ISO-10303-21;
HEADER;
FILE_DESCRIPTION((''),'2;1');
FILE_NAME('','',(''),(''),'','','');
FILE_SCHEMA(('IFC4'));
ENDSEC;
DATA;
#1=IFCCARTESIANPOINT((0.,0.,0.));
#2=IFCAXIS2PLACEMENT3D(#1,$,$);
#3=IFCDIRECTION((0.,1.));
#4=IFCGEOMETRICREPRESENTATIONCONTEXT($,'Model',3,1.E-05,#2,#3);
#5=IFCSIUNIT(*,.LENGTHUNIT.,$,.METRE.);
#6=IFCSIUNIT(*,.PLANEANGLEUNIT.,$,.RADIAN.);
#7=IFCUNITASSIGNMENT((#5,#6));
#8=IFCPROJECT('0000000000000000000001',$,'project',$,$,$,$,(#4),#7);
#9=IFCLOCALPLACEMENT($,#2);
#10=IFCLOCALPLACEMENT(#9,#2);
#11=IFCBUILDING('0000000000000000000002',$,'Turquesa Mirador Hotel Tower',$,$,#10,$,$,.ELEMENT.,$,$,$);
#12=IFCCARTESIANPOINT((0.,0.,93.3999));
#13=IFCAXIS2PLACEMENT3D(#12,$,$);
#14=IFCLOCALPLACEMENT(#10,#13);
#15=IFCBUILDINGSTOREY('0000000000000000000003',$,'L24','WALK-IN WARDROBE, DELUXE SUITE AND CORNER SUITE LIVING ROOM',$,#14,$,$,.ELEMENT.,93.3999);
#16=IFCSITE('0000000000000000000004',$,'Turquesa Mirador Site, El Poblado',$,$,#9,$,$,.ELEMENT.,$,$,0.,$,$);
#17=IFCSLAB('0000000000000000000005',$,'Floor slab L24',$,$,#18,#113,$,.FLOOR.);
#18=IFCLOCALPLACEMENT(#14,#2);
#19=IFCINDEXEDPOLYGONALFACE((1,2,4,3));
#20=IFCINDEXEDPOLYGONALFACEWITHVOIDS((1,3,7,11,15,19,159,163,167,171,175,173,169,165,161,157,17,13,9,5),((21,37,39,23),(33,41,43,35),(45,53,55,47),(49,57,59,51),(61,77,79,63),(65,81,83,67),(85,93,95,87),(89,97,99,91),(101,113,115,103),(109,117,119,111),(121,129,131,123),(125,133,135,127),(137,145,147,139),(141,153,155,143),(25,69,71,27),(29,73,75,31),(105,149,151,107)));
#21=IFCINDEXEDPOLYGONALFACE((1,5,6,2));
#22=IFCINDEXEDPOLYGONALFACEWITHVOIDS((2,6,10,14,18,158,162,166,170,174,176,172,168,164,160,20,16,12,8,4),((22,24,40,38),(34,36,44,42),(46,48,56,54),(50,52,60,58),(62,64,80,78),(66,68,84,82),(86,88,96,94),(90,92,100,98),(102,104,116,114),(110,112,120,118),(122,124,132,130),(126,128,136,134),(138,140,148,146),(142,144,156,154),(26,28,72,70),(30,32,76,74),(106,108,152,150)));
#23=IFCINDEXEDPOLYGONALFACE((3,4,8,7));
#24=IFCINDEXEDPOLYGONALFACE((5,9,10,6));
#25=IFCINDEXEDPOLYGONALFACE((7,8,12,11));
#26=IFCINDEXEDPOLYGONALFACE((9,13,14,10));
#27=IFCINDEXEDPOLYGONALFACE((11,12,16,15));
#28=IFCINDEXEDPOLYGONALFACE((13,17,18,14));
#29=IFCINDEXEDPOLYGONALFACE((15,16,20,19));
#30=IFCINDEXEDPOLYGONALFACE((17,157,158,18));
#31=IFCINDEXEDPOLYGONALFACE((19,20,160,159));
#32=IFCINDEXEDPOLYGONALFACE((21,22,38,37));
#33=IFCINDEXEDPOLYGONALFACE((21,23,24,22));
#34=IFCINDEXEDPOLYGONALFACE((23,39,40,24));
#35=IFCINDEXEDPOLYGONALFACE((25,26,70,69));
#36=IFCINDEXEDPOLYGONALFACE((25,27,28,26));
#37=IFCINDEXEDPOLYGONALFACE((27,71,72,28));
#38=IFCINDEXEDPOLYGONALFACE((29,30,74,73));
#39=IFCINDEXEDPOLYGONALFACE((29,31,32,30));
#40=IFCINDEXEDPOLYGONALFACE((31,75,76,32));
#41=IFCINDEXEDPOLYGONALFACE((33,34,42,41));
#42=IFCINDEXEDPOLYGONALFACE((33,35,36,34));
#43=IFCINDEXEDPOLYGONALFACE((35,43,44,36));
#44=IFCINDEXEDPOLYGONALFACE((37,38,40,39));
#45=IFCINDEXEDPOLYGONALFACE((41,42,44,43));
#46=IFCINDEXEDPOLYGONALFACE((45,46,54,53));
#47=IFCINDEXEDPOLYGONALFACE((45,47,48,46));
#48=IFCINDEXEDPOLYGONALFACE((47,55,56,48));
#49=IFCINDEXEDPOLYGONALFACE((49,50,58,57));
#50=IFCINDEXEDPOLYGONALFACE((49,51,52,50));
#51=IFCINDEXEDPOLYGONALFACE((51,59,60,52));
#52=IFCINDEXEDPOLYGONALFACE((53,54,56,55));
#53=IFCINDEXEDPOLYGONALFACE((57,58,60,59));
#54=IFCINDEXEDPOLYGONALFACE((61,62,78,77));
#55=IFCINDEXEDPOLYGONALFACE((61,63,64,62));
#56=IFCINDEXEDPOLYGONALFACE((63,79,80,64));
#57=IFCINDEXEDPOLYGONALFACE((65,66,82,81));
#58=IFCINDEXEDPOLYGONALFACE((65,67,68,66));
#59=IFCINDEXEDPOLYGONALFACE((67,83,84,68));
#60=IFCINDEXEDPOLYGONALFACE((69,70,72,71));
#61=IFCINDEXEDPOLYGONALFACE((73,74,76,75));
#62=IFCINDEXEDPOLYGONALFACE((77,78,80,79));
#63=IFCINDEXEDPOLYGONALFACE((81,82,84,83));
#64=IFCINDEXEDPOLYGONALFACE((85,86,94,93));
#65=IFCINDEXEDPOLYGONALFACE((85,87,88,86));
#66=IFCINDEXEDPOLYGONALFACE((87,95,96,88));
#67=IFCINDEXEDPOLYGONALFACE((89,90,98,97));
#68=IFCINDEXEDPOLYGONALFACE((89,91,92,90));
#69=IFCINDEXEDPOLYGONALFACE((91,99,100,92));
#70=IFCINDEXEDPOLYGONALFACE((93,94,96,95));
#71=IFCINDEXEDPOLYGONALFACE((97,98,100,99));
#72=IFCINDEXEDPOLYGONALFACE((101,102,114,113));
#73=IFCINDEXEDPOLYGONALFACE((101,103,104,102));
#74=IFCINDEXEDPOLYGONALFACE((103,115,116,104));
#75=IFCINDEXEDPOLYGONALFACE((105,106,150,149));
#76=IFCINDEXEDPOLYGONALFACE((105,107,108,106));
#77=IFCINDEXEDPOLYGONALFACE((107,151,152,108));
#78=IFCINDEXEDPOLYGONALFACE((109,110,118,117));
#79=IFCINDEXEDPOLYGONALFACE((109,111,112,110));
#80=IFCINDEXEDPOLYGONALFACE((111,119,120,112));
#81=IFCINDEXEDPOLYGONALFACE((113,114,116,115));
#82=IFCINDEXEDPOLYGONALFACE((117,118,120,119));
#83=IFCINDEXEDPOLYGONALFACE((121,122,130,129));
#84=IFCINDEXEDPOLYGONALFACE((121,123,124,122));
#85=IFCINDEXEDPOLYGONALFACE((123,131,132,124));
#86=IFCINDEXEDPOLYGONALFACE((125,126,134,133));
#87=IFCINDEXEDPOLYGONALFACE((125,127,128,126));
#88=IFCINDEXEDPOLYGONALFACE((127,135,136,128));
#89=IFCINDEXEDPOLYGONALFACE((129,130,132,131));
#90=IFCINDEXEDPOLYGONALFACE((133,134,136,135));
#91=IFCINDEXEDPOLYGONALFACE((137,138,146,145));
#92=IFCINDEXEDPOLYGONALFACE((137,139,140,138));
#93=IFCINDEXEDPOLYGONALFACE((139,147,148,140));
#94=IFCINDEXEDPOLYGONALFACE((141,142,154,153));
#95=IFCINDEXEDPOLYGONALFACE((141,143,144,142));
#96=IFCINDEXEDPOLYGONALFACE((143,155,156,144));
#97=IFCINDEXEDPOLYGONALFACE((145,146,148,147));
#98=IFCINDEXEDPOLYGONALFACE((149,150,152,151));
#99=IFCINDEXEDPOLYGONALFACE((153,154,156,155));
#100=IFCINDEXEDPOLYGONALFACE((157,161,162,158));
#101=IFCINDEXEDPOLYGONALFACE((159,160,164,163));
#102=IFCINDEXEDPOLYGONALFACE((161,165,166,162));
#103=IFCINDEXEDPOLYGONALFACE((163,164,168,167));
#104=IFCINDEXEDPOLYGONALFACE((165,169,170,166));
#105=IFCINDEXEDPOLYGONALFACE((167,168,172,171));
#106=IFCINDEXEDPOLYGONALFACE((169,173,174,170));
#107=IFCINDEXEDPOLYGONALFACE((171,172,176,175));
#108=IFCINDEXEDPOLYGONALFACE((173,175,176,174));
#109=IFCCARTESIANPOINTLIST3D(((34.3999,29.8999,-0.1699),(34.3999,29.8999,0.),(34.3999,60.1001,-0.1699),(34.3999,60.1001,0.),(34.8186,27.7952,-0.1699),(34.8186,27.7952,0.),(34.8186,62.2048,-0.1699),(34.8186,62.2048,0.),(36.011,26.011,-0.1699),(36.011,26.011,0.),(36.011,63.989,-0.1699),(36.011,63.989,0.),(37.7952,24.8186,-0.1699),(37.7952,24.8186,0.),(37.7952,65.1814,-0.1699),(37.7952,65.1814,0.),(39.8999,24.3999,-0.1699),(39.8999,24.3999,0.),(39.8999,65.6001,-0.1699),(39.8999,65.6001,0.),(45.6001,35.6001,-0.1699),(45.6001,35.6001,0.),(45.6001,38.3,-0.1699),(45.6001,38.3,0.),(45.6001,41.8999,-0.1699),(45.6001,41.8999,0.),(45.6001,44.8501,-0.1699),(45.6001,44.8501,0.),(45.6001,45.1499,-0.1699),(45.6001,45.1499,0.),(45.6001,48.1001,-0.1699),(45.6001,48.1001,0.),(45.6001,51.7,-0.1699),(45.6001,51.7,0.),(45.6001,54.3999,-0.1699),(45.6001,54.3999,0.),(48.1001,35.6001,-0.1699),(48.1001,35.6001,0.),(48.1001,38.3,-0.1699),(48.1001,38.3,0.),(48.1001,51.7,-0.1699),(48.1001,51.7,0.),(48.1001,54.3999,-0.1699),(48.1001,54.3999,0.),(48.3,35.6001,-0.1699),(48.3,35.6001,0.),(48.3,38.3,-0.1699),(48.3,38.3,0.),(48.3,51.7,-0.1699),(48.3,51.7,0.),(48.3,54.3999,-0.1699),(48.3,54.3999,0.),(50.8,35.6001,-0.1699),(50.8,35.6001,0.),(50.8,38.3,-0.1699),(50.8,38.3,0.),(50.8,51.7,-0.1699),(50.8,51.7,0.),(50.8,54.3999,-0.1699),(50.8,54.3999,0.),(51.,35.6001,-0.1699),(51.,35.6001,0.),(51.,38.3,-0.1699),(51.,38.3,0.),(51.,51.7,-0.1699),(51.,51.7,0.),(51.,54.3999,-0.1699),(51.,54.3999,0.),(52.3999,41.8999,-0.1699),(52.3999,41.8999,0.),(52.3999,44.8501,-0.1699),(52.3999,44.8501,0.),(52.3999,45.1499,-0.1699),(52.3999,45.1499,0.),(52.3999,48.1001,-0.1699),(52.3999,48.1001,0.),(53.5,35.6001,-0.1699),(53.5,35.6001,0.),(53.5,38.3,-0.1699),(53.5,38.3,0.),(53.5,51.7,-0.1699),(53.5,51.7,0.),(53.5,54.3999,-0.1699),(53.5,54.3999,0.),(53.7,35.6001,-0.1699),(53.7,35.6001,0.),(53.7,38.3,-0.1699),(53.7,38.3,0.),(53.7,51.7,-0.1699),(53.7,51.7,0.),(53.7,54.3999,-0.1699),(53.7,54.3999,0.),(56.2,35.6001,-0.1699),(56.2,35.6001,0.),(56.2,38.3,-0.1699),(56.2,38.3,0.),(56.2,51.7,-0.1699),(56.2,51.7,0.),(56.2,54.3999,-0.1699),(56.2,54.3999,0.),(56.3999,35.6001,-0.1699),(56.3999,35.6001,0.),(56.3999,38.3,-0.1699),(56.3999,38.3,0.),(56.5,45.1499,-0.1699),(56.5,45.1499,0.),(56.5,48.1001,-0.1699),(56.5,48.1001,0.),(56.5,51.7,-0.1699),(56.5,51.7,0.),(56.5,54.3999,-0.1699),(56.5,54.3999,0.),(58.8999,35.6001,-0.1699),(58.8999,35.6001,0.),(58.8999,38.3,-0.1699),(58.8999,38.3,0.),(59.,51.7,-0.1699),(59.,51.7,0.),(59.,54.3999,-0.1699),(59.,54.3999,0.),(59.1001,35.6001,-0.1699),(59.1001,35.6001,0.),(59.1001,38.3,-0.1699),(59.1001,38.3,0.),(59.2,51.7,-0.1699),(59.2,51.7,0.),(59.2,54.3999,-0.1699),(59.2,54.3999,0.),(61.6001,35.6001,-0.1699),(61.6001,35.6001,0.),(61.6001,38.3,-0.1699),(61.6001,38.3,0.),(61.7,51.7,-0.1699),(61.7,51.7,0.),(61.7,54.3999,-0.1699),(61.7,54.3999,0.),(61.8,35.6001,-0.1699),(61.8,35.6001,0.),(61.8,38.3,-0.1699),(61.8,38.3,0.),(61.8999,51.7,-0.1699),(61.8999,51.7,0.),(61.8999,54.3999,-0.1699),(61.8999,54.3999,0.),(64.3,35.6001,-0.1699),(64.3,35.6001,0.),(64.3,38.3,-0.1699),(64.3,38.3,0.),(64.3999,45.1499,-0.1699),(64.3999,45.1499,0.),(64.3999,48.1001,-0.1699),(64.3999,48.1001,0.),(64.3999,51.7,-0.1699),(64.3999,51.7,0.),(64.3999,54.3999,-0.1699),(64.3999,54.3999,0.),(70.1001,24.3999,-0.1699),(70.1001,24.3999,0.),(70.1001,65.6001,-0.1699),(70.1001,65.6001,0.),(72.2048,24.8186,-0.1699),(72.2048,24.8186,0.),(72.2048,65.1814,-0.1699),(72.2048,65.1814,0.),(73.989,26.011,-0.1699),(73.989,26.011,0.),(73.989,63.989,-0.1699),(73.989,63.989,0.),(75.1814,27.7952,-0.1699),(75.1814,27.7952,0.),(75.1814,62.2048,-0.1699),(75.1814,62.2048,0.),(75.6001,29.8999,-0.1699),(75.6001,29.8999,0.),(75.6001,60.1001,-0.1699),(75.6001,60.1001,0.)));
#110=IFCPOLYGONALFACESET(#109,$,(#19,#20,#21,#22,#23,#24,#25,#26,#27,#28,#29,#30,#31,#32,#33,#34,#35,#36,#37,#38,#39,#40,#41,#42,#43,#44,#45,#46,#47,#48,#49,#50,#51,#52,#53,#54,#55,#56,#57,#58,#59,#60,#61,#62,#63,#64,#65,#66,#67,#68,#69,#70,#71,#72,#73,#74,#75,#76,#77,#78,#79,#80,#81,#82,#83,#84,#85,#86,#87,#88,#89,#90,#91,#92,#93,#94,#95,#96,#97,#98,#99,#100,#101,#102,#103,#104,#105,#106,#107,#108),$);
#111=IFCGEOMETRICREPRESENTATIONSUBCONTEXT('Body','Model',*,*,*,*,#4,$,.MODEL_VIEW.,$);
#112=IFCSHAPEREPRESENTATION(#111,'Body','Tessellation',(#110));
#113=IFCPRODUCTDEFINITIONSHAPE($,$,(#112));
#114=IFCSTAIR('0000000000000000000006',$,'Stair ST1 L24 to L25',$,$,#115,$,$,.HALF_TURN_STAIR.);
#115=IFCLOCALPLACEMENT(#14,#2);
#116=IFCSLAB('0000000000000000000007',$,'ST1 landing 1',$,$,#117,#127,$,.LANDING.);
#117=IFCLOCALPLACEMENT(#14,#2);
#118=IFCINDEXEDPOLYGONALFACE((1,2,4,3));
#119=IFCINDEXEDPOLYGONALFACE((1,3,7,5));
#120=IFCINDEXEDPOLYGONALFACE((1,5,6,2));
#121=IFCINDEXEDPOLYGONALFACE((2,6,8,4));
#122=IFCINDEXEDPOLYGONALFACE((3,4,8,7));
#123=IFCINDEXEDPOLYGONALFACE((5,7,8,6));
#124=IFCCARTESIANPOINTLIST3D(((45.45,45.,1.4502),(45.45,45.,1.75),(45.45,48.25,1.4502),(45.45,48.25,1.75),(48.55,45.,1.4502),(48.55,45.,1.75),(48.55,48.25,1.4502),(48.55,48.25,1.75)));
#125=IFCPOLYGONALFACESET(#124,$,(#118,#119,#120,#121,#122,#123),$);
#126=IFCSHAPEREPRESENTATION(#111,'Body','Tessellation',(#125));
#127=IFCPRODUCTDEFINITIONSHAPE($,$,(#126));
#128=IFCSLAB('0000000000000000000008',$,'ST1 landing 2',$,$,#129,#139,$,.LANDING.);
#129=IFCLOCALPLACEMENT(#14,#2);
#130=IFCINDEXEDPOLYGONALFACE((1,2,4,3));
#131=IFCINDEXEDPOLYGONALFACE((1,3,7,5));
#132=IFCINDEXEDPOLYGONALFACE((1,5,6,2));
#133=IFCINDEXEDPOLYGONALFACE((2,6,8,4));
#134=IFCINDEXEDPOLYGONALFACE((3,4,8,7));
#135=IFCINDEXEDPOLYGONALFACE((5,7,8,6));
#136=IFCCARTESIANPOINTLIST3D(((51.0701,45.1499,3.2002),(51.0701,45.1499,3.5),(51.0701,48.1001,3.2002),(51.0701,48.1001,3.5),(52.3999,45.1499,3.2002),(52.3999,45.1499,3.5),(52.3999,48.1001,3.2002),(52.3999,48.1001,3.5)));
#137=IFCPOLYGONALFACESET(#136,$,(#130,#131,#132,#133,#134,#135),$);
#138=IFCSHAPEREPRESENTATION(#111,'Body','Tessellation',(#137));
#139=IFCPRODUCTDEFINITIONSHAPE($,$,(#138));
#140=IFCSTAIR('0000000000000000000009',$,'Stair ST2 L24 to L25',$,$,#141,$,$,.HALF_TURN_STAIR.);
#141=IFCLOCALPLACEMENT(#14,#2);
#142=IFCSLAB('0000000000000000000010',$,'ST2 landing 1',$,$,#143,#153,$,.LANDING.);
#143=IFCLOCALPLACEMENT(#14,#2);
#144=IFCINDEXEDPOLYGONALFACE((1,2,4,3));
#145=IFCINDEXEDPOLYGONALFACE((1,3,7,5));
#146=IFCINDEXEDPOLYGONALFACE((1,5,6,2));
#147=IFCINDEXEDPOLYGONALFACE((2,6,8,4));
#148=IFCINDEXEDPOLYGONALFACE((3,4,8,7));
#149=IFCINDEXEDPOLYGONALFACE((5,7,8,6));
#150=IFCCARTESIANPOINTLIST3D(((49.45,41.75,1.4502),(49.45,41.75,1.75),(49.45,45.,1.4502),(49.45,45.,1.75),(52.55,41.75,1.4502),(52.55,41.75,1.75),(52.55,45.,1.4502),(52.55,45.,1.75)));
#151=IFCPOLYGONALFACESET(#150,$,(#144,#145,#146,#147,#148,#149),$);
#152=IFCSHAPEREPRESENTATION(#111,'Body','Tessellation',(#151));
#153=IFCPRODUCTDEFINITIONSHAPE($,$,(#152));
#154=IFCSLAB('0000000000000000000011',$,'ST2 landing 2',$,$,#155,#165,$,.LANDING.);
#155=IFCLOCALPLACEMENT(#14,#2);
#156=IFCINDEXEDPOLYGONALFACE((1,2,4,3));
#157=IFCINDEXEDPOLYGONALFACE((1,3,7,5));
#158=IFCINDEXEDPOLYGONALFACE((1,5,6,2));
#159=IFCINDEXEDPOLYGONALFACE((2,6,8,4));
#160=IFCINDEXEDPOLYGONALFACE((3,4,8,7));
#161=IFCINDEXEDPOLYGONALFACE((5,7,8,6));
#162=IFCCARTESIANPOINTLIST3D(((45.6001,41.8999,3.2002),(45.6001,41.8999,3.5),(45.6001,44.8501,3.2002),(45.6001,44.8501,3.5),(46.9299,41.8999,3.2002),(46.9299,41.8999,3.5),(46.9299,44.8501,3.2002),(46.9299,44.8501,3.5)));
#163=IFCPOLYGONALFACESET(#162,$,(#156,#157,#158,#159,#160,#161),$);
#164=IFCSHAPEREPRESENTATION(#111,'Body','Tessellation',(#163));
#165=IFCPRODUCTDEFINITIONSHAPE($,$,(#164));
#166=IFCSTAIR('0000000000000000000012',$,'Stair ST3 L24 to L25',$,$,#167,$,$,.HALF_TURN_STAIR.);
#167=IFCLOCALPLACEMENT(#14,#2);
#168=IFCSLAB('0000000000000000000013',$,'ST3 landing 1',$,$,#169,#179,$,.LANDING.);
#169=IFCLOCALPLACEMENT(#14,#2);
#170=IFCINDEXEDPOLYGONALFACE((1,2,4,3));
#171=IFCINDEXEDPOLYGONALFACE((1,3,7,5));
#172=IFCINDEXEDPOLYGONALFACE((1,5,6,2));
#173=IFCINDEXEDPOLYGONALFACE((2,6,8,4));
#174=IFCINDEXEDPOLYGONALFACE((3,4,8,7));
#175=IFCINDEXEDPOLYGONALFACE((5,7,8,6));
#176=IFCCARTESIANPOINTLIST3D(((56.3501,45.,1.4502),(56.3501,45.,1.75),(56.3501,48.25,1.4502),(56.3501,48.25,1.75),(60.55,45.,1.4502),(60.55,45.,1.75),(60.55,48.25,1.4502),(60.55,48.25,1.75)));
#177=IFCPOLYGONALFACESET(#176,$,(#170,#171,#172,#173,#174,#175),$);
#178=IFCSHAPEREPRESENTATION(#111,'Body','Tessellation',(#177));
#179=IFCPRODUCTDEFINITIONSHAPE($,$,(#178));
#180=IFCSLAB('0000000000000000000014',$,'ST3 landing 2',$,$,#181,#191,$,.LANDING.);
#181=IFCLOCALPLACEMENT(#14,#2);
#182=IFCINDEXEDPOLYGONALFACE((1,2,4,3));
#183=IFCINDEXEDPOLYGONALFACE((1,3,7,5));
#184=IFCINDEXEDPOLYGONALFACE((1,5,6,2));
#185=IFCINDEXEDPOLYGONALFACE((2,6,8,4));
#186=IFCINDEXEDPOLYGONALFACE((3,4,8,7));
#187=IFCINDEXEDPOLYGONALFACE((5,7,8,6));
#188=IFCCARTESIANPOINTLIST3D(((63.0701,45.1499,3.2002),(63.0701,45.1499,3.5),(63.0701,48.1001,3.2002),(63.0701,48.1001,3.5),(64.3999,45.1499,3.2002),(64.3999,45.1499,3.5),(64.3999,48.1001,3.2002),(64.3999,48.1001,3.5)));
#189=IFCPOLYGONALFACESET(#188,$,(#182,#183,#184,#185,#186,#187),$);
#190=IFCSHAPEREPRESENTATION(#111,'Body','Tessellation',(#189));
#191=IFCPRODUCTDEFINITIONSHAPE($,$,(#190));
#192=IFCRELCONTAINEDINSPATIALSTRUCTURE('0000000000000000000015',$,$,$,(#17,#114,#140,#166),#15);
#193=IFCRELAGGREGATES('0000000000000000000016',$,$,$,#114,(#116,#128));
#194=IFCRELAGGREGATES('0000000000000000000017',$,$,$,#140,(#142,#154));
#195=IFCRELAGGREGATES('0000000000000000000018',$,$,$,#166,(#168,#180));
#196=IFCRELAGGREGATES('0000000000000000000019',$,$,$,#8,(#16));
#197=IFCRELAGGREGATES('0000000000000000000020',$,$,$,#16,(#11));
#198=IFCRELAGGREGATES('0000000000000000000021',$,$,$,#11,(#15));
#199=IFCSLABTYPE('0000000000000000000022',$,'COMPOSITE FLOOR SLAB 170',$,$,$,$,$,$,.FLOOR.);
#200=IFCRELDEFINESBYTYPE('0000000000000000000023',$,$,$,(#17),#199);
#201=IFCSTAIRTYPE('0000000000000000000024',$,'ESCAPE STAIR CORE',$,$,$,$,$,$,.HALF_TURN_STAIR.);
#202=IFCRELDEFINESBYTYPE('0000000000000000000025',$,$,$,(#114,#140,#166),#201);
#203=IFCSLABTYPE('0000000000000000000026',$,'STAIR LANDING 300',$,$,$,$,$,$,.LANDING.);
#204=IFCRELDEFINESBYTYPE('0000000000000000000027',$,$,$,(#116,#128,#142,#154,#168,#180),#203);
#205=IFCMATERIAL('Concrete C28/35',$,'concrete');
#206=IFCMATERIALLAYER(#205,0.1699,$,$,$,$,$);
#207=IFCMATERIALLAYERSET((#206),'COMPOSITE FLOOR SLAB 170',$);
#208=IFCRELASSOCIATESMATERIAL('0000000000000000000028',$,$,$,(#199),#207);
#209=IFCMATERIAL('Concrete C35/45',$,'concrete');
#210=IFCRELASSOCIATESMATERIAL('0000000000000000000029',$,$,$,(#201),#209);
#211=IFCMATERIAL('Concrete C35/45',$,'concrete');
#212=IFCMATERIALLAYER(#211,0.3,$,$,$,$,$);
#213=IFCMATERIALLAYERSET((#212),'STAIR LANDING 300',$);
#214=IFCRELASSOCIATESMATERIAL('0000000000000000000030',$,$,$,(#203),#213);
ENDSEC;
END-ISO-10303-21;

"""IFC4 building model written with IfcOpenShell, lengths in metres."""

from ifc_helpers import new_model, si_unit, direction, frame, origin, place, context, subcontext, project, spatial, polyline, outline, extrude, material, layer, layer_set, type_object, element, aggregate, save


model = new_model("IFC4")

# Units and contexts
model_context = context("Model", 3, precision=1e-05, world=origin(), true_north=direction((0.0, 1.0)))
body_context = subcontext(model_context, "Body", "Model", "MODEL_VIEW")
ifc_project = project(units=[si_unit("LENGTHUNIT", "METRE"), si_unit("PLANEANGLEUNIT", "RADIAN")], contexts=[model_context])

# Site, building, storey
site_placement = place(None, origin())
site = spatial("IfcSite", under=ifc_project, at=site_placement, Name="Turquesa Mirador Site, El Poblado", CompositionType="ELEMENT", RefElevation=0.0)
building_placement = place(site_placement, origin())
building = spatial("IfcBuilding", under=site, at=building_placement, Name="Turquesa Mirador Hotel Tower", CompositionType="ELEMENT")
storey_placement = place(building_placement, frame((0.0, 0.0, 93.3999)))
storey = spatial("IfcBuildingStorey", under=building, at=storey_placement, Name="L24", Description="WALK-IN WARDROBE, DELUXE SUITE AND CORNER SUITE LIVING ROOM", CompositionType="ELEMENT", Elevation=93.3999)

# Slab
ifc_material_1 = material(Name="Concrete C28/35", Category="concrete")
ifc_layer_1 = layer(ifc_material_1, 0.1699)
ifc_layer_set_1 = layer_set([ifc_layer_1], Name="COMPOSITE FLOOR SLAB 170")
slab_type_1 = type_object("IfcSlabType", Name="COMPOSITE FLOOR SLAB 170", PredefinedType="FLOOR", material=ifc_layer_set_1)
slab_1_placement = place(storey_placement, frame((0.0, 0.0, -0.1699)))
element("IfcSlab", 1, at=slab_1_placement, inside=storey, type_object=slab_type_1, Name="Floor slab L24", PredefinedType="FLOOR", context=body_context, shape_type="SweptSolid", body=[
    extrude(outline(polyline([(70.1001, 24.3999), (72.2048, 24.8186), (73.989, 26.011), (75.1814, 27.7952), (75.6001, 29.8999), (75.6001, 60.1001), (75.1814, 62.2048), (73.989, 63.989), (72.2048, 65.1814), (70.1001, 65.6001), (39.8999, 65.6001), (37.7952, 65.1814), (36.011, 63.989), (34.8186, 62.2048), (34.3999, 60.1001), (34.3999, 29.8999), (34.8186, 27.7952), (36.011, 26.011), (37.7952, 24.8186), (39.8999, 24.3999), (70.1001, 24.3999)]), holes=[polyline([(45.6001, 51.7), (48.1001, 51.7), (48.1001, 54.3999), (45.6001, 54.3999), (45.6001, 51.7)]), polyline([(48.3, 51.7), (50.8, 51.7), (50.8, 54.3999), (48.3, 54.3999), (48.3, 51.7)]), polyline([(51.0, 51.7), (53.5, 51.7), (53.5, 54.3999), (51.0, 54.3999), (51.0, 51.7)]), polyline([(53.7, 51.7), (56.2, 51.7), (56.2, 54.3999), (53.7, 54.3999), (53.7, 51.7)]), polyline([(56.5, 51.7), (59.0, 51.7), (59.0, 54.3999), (56.5, 54.3999), (56.5, 51.7)]), polyline([(59.2, 51.7), (61.7, 51.7), (61.7, 54.3999), (59.2, 54.3999), (59.2, 51.7)]), polyline([(45.6001, 35.6001), (48.1001, 35.6001), (48.1001, 38.3), (45.6001, 38.3), (45.6001, 35.6001)]), polyline([(48.3, 35.6001), (50.8, 35.6001), (50.8, 38.3), (48.3, 38.3), (48.3, 35.6001)]), polyline([(51.0, 35.6001), (53.5, 35.6001), (53.5, 38.3), (51.0, 38.3), (51.0, 35.6001)]), polyline([(53.7, 35.6001), (56.2, 35.6001), (56.2, 38.3), (53.7, 38.3), (53.7, 35.6001)]), polyline([(56.3999, 35.6001), (58.8999, 35.6001), (58.8999, 38.3), (56.3999, 38.3), (56.3999, 35.6001)]), polyline([(59.1001, 35.6001), (61.6001, 35.6001), (61.6001, 38.3), (59.1001, 38.3), (59.1001, 35.6001)]), polyline([(61.8, 35.6001), (64.3, 35.6001), (64.3, 38.3), (61.8, 38.3), (61.8, 35.6001)]), polyline([(45.6001, 45.1499), (52.3999, 45.1499), (52.3999, 48.1001), (45.6001, 48.1001), (45.6001, 45.1499)]), polyline([(45.6001, 41.8999), (52.3999, 41.8999), (52.3999, 44.8501), (45.6001, 44.8501), (45.6001, 41.8999)]), polyline([(56.5, 45.1499), (64.3999, 45.1499), (64.3999, 48.1001), (56.5, 48.1001), (56.5, 45.1499)]), polyline([(61.8999, 51.7), (64.3999, 51.7), (64.3999, 54.3999), (61.8999, 54.3999), (61.8999, 51.7)])]), origin(), (0.0, 0.0, 1.0), 0.1699),
])

# Stairs, slabs
ifc_material_2 = material(Name="Concrete C35/45", Category="concrete")
stair_type = type_object("IfcStairType", Name="ESCAPE STAIR CORE", PredefinedType="HALF_TURN_STAIR", material=ifc_material_2)
stair_1_placement = place(storey_placement, origin())
stair_1 = element("IfcStair", 2, at=stair_1_placement, inside=storey, type_object=stair_type, Name="Stair ST1 L24 to L25", PredefinedType="HALF_TURN_STAIR")
ifc_material_3 = material(Name="Concrete C35/45", Category="concrete")
ifc_layer_2 = layer(ifc_material_3, 0.3)
ifc_layer_set_2 = layer_set([ifc_layer_2], Name="STAIR LANDING 300")
slab_type_2 = type_object("IfcSlabType", Name="STAIR LANDING 300", PredefinedType="LANDING", material=ifc_layer_set_2)
slab_2_placement = place(storey_placement, frame((0.0, 0.0, 1.4502)))
slab_2 = element("IfcSlab", 3, at=slab_2_placement, type_object=slab_type_2, Name="ST1 landing 1", PredefinedType="LANDING", context=body_context, shape_type="SweptSolid", body=[
    extrude(outline(polyline([(45.45, 45.0), (48.55, 45.0), (48.55, 48.25), (45.45, 48.25), (45.45, 45.0)])), origin(), (0.0, 0.0, 1.0), 0.2998),
])
slab_3_placement = place(storey_placement, frame((0.0, 0.0, 3.2002)))
slab_3 = element("IfcSlab", 4, at=slab_3_placement, type_object=slab_type_2, Name="ST1 landing 2", PredefinedType="LANDING", context=body_context, shape_type="SweptSolid", body=[
    extrude(outline(polyline([(51.0701, 45.1499), (52.3999, 45.1499), (52.3999, 48.1001), (51.0701, 48.1001), (51.0701, 45.1499)])), origin(), (0.0, 0.0, 1.0), 0.2998),
])
aggregate(stair_1, [slab_2, slab_3])
stair_2_placement = place(storey_placement, origin())
stair_2 = element("IfcStair", 5, at=stair_2_placement, inside=storey, type_object=stair_type, Name="Stair ST2 L24 to L25", PredefinedType="HALF_TURN_STAIR")
slab_4_placement = place(storey_placement, frame((0.0, 0.0, 1.4502)))
slab_4 = element("IfcSlab", 6, at=slab_4_placement, type_object=slab_type_2, Name="ST2 landing 1", PredefinedType="LANDING", context=body_context, shape_type="SweptSolid", body=[
    extrude(outline(polyline([(52.55, 45.0), (49.45, 45.0), (49.45, 41.75), (52.55, 41.75), (52.55, 45.0)])), origin(), (0.0, 0.0, 1.0), 0.2998),
])
slab_5_placement = place(storey_placement, frame((0.0, 0.0, 3.2002)))
slab_5 = element("IfcSlab", 7, at=slab_5_placement, type_object=slab_type_2, Name="ST2 landing 2", PredefinedType="LANDING", context=body_context, shape_type="SweptSolid", body=[
    extrude(outline(polyline([(46.9299, 44.8501), (45.6001, 44.8501), (45.6001, 41.8999), (46.9299, 41.8999), (46.9299, 44.8501)])), origin(), (0.0, 0.0, 1.0), 0.2998),
])
aggregate(stair_2, [slab_4, slab_5])
stair_3_placement = place(storey_placement, origin())
stair_3 = element("IfcStair", 8, at=stair_3_placement, inside=storey, type_object=stair_type, Name="Stair ST3 L24 to L25", PredefinedType="HALF_TURN_STAIR")
slab_6_placement = place(storey_placement, frame((0.0, 0.0, 1.4502)))
slab_6 = element("IfcSlab", 9, at=slab_6_placement, type_object=slab_type_2, Name="ST3 landing 1", PredefinedType="LANDING", context=body_context, shape_type="SweptSolid", body=[
    extrude(outline(polyline([(56.3501, 45.0), (60.55, 45.0), (60.55, 48.25), (56.3501, 48.25), (56.3501, 45.0)])), origin(), (0.0, 0.0, 1.0), 0.2998),
])
slab_7_placement = place(storey_placement, frame((0.0, 0.0, 3.2002)))
slab_7 = element("IfcSlab", 10, at=slab_7_placement, type_object=slab_type_2, Name="ST3 landing 2", PredefinedType="LANDING", context=body_context, shape_type="SweptSolid", body=[
    extrude(outline(polyline([(63.0701, 45.1499), (64.3999, 45.1499), (64.3999, 48.1001), (63.0701, 48.1001), (63.0701, 45.1499)])), origin(), (0.0, 0.0, 1.0), 0.2998),
])
aggregate(stair_3, [slab_6, slab_7])

save(model, "model.ifc")
